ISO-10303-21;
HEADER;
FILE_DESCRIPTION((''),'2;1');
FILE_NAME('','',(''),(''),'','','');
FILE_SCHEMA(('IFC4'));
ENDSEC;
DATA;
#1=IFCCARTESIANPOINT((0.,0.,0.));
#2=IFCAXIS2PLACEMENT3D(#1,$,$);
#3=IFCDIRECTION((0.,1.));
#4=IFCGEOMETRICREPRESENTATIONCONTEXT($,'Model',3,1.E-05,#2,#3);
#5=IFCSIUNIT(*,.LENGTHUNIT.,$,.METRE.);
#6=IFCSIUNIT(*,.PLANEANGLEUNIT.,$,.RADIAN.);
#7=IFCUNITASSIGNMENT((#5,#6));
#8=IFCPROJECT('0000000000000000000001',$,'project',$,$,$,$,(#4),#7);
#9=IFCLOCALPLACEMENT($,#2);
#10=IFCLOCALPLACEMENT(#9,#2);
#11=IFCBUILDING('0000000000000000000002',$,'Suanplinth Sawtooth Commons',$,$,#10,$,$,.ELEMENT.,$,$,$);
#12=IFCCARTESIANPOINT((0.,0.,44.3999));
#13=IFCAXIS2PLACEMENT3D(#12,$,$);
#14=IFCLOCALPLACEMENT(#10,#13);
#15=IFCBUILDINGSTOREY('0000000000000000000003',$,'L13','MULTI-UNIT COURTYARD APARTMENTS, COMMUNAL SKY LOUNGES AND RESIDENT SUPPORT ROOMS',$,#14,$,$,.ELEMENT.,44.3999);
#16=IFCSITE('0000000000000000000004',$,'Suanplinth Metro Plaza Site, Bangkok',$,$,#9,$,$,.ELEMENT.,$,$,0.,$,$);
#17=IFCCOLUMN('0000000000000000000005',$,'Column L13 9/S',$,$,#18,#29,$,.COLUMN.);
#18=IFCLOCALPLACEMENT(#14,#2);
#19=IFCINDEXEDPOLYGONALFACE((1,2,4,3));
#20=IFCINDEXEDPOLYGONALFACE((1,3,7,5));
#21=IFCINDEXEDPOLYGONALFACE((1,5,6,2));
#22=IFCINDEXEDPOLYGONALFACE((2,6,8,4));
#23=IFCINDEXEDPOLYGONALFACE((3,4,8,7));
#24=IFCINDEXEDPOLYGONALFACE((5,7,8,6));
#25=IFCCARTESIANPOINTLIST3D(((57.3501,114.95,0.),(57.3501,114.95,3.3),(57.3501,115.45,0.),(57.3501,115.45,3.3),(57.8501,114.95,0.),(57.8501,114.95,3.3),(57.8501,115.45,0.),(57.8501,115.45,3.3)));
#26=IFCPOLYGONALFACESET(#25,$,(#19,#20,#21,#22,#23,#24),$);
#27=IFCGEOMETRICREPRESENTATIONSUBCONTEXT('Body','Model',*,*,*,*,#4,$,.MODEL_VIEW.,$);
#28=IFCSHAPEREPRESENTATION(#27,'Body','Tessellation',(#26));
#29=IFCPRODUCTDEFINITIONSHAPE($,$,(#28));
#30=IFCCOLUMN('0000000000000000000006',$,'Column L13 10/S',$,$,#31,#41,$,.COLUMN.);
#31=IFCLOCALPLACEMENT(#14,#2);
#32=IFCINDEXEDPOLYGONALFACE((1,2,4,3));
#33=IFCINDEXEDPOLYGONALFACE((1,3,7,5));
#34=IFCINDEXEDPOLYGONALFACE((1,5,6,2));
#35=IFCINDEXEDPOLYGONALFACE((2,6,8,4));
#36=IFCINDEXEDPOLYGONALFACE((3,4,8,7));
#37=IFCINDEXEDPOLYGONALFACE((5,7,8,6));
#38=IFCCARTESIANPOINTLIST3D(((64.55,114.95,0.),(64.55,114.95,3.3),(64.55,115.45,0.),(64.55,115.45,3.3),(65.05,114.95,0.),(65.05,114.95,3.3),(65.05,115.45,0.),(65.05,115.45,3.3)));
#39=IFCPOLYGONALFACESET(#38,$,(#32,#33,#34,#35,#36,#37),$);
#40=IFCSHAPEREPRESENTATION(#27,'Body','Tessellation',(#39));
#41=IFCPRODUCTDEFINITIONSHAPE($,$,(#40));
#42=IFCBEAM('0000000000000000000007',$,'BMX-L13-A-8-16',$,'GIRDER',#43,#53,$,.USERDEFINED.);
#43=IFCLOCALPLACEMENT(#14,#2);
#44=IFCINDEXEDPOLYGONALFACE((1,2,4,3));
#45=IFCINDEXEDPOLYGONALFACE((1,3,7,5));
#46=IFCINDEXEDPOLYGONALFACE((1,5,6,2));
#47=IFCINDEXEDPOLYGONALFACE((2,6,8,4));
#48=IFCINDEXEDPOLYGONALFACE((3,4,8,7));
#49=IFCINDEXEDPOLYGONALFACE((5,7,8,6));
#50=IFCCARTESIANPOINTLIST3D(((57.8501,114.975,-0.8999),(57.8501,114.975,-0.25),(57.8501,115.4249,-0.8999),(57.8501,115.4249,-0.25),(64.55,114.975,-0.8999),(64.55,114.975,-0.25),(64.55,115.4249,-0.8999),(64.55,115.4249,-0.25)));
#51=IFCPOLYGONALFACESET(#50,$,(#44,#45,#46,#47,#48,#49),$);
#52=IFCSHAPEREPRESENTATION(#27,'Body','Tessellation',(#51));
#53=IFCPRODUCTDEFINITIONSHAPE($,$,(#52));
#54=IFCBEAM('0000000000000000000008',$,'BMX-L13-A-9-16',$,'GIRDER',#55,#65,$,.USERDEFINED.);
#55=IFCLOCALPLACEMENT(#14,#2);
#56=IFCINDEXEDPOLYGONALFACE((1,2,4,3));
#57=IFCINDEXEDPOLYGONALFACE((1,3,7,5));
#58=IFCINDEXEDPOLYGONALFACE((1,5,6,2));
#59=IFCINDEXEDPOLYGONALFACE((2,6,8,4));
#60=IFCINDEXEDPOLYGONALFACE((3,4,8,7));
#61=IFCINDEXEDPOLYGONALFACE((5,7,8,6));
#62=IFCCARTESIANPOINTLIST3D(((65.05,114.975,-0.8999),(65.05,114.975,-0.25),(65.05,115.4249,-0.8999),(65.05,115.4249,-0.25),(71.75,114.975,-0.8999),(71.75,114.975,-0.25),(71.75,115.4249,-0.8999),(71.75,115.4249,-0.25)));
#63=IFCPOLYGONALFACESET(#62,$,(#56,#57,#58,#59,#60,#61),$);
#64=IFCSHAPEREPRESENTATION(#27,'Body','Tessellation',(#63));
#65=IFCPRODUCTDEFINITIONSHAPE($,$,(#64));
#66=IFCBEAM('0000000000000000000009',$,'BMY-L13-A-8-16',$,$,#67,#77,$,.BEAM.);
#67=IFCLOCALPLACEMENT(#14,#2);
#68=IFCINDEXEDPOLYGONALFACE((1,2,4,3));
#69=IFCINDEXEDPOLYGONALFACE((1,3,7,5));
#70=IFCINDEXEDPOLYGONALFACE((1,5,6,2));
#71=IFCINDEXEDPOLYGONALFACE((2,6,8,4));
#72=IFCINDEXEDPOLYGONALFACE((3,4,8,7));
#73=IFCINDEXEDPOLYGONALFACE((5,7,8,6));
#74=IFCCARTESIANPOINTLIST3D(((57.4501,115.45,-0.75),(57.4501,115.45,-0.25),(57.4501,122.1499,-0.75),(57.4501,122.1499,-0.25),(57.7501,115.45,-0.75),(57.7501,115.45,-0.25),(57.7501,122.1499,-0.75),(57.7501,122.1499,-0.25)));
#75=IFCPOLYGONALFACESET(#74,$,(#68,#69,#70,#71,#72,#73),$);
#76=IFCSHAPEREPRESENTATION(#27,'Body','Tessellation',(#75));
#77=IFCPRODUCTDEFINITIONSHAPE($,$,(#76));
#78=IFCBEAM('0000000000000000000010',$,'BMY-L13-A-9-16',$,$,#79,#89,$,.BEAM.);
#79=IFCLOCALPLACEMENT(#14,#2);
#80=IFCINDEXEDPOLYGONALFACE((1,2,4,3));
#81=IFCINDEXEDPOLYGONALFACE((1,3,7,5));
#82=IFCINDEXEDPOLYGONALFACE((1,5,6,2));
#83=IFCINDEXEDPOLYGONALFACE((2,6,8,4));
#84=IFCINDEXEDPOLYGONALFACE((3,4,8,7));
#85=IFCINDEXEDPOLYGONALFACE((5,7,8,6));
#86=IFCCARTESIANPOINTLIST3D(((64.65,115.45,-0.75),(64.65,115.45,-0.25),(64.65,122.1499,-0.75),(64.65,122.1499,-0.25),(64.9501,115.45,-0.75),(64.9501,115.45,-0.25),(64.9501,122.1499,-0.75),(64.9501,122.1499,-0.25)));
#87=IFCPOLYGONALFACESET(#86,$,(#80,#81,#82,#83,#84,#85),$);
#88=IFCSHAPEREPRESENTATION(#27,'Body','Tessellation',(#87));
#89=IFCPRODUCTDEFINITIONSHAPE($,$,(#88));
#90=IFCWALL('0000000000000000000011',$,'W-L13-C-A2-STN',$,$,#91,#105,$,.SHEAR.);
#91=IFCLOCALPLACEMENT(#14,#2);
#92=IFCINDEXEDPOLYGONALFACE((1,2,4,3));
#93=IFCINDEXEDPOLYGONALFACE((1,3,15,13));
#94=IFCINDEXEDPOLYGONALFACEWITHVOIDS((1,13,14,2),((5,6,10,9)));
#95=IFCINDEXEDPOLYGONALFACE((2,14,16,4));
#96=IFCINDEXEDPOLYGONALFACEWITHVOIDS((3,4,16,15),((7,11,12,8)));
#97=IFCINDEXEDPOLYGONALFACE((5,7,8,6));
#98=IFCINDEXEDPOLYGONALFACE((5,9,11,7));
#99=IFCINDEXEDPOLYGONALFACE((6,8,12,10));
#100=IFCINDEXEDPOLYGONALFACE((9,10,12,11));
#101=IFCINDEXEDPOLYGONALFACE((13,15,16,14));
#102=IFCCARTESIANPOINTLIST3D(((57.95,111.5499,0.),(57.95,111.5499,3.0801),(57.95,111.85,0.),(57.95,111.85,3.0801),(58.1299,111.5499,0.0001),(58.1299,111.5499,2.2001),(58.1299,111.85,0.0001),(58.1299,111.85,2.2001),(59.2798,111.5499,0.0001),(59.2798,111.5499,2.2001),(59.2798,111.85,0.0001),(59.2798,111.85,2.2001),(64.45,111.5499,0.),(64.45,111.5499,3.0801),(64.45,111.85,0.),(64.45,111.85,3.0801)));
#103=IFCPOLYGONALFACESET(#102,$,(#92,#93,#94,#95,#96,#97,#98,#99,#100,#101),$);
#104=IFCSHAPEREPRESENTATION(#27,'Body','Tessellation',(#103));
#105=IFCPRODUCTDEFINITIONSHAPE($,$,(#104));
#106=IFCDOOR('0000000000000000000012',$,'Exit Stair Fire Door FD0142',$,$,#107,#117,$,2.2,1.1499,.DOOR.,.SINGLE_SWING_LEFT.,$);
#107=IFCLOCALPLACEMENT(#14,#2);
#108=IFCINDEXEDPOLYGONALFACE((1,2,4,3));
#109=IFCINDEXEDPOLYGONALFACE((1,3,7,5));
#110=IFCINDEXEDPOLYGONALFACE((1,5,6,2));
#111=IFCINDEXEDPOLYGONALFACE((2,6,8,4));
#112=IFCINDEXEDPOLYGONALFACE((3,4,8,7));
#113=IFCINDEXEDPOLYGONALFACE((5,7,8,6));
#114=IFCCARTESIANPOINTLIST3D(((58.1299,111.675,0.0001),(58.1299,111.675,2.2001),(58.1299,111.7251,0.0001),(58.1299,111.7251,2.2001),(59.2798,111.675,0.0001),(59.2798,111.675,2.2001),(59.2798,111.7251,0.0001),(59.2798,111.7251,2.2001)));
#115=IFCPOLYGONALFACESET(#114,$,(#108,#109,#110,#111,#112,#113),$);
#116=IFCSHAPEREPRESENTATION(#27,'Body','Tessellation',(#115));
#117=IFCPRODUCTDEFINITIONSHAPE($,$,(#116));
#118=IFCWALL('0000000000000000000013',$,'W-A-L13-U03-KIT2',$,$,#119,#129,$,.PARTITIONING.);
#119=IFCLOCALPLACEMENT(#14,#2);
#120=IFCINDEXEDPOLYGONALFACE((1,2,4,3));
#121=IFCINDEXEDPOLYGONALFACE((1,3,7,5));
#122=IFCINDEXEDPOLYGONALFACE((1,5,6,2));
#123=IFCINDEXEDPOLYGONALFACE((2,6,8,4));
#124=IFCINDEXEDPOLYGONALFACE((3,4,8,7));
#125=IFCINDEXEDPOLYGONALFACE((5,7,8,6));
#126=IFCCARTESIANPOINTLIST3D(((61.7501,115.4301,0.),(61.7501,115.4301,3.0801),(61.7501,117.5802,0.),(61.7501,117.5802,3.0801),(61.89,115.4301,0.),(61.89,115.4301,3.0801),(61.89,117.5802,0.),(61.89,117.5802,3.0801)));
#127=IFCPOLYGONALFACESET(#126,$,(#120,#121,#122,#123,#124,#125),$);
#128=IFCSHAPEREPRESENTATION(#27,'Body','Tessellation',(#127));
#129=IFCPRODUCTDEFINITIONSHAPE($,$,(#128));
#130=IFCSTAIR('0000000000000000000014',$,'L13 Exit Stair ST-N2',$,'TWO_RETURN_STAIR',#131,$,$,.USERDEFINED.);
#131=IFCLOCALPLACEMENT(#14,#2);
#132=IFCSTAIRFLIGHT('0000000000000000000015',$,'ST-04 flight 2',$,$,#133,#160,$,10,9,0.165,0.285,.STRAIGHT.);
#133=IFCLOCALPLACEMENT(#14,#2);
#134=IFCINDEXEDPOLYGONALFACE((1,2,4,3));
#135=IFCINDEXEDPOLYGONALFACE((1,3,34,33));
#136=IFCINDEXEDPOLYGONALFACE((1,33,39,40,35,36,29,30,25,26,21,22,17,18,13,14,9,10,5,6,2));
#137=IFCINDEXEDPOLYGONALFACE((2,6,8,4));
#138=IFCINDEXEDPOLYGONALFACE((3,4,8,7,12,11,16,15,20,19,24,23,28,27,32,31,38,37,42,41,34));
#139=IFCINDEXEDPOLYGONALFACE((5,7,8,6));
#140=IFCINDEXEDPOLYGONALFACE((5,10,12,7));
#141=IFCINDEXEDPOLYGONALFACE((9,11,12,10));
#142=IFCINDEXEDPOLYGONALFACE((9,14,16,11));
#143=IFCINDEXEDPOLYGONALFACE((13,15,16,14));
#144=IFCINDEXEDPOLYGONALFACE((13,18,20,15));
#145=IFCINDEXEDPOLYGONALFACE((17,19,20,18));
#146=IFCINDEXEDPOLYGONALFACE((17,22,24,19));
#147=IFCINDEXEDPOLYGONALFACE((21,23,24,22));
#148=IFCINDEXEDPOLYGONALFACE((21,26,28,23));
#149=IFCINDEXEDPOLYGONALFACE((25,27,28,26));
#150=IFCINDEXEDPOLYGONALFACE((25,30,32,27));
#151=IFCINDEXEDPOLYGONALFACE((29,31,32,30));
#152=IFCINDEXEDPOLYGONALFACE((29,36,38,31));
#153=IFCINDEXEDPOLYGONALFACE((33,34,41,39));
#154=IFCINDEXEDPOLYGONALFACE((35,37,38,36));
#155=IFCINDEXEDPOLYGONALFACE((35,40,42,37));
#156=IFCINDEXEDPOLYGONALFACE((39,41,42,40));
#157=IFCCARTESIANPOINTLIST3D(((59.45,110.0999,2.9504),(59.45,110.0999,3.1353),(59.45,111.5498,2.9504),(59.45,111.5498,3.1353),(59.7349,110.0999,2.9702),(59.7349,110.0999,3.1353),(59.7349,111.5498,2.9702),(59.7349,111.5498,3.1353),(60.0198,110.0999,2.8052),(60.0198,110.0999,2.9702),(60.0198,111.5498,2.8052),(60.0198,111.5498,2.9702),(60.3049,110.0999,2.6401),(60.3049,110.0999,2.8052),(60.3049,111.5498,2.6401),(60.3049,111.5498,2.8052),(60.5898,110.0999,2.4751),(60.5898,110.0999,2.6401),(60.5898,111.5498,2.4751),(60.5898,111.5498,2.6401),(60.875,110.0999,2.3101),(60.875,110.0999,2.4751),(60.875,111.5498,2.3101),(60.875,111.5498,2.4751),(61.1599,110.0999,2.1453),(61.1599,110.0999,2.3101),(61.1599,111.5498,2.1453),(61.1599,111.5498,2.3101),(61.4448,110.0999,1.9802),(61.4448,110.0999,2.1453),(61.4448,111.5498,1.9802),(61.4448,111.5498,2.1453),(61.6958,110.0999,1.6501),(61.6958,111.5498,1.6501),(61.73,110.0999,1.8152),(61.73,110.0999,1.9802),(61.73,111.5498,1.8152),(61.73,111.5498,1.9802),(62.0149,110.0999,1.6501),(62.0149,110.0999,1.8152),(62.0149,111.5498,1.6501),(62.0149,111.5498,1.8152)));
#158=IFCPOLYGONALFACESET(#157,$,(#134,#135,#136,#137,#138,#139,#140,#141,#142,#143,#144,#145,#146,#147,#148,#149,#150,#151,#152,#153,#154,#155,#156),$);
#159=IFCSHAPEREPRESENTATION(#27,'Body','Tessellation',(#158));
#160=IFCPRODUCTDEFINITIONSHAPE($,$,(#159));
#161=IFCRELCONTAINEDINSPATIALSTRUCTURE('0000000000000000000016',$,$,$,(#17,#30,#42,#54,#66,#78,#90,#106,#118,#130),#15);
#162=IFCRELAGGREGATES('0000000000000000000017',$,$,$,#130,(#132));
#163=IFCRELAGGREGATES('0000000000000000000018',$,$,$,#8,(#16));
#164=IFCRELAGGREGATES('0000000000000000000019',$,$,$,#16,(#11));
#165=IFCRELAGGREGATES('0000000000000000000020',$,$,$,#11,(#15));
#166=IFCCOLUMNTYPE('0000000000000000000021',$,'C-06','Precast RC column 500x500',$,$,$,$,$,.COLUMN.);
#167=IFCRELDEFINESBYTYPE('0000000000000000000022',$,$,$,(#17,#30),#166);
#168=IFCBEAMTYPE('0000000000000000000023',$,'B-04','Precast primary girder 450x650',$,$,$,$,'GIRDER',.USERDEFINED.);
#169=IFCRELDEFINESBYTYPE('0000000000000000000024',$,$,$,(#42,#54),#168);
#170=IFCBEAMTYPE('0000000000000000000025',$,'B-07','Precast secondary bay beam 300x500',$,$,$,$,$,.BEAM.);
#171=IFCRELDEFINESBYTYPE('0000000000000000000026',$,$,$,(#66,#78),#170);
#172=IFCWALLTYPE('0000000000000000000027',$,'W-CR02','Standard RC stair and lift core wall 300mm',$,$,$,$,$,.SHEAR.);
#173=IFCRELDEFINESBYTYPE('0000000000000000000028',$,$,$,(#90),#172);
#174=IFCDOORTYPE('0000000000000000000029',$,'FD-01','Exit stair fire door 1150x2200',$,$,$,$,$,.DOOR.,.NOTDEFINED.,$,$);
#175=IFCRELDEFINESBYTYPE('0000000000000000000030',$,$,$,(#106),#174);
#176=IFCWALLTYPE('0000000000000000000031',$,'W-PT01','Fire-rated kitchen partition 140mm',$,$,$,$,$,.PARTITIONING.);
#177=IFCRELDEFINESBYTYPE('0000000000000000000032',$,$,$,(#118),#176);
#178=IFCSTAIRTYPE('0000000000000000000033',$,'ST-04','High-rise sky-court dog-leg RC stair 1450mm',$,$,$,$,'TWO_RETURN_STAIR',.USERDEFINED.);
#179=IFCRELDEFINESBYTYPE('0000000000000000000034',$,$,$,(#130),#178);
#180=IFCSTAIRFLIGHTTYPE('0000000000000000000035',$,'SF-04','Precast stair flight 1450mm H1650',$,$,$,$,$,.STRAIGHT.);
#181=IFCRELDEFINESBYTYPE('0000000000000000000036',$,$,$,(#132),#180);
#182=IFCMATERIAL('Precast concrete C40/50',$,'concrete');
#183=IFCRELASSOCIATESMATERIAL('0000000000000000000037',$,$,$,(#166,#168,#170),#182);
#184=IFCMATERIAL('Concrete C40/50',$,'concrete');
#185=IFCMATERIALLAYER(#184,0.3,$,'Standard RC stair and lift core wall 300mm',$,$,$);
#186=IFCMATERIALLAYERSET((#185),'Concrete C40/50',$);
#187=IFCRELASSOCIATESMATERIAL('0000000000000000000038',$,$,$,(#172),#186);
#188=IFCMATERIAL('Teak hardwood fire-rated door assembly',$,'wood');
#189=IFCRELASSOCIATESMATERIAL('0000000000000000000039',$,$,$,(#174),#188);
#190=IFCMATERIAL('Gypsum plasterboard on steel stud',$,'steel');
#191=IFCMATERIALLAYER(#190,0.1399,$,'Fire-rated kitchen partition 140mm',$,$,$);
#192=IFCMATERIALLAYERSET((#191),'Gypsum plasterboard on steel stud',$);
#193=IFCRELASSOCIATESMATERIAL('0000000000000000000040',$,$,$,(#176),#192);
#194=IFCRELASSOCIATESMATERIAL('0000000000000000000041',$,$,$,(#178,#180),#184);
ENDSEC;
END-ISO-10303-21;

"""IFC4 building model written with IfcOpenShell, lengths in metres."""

from ifc_helpers import new_model, si_unit, direction, frame, frame_2d, origin, origin_2d, place, context, subcontext, project, spatial, polyline, rectangle, outline, extrude, material, layer, layer_set, material_profile, profile_set, type_object, element, fill, aggregate, save


model = new_model("IFC4")

# Units and contexts
model_context = context("Model", 3, precision=1e-05, world=origin(), true_north=direction((0.0, 1.0)))
body_context = subcontext(model_context, "Body", "Model", "MODEL_VIEW")
ifc_project = project(units=[si_unit("LENGTHUNIT", "METRE"), si_unit("PLANEANGLEUNIT", "RADIAN")], contexts=[model_context])

# Site, building, storey
site_placement = place(None, origin())
site = spatial("IfcSite", under=ifc_project, at=site_placement, Name="Suanplinth Metro Plaza Site, Bangkok", CompositionType="ELEMENT", RefElevation=0.0)
building_placement = place(site_placement, origin())
building = spatial("IfcBuilding", under=site, at=building_placement, Name="Suanplinth Sawtooth Commons", CompositionType="ELEMENT")
storey_placement = place(building_placement, frame((0.0, 0.0, 44.3999)))
storey = spatial("IfcBuildingStorey", under=building, at=storey_placement, Name="L13", Description="MULTI-UNIT COURTYARD APARTMENTS, COMMUNAL SKY LOUNGES AND RESIDENT SUPPORT ROOMS", CompositionType="ELEMENT", Elevation=44.3999)

# Columns
ifc_material_1 = material(Name="Precast concrete C40/50", Category="concrete")
ifc_material_profile_1 = material_profile(ifc_material_1, rectangle(XDim=0.5, YDim=0.5, at=origin_2d()), Name="PC-COL 500x500")
ifc_profile_set_1 = profile_set([ifc_material_profile_1], Name="Precast concrete C40/50")
column_type = type_object("IfcColumnType", Name="C-06", Description="Precast RC column 500x500", PredefinedType="COLUMN", material=ifc_profile_set_1)
for number, where, z_axis, x_axis, name in (
    (1, (57.6001, 115.2, 0.0), (0.0, 0.0, 1.0), (1.0, 0.0, 0.0), "Column L13 9/S"),
    (2, (64.8, 115.2, 0.0), (0.0, 0.0, 1.0), (1.0, 0.0, 0.0), "Column L13 10/S"),
):
    element("IfcColumn", number, at=place(storey_placement, frame(where, z_axis=z_axis, x_axis=x_axis)), inside=storey, type_object=column_type, Name=name, PredefinedType="COLUMN", context=body_context, shape_type="SweptSolid", body=[
        extrude(rectangle(XDim=0.5, YDim=0.5, at=origin_2d()), origin(), (0.0, 0.0, 1.0), 3.3),
    ])

# Beams
ifc_material_profile_2 = material_profile(ifc_material_1, rectangle(XDim=0.45, YDim=0.6499, at=origin_2d()), Name="PC-GDR 450x650")
ifc_profile_set_2 = profile_set([ifc_material_profile_2], Name="Precast concrete C40/50")
beam_type_1 = type_object("IfcBeamType", Name="B-04", Description="Precast primary girder 450x650", ElementType="GIRDER", PredefinedType="USERDEFINED", material=ifc_profile_set_2)
for number, where, z_axis, x_axis, name in (
    (3, (57.8501, 115.2, -0.575), (1.0, 0.0, 0.0), (0.0, 1.0, 0.0), "BMX-L13-A-8-16"),
    (4, (65.05, 115.2, -0.575), (1.0, 0.0, 0.0), (0.0, 1.0, 0.0), "BMX-L13-A-9-16"),
):
    element("IfcBeam", number, at=place(storey_placement, frame(where, z_axis=z_axis, x_axis=x_axis)), inside=storey, type_object=beam_type_1, Name=name, ObjectType="GIRDER", PredefinedType="USERDEFINED", context=body_context, shape_type="SweptSolid", body=[
        extrude(rectangle(XDim=0.45, YDim=0.6499, at=origin_2d()), origin(), (0.0, 0.0, 1.0), 6.7),
    ])
ifc_material_profile_3 = material_profile(ifc_material_1, rectangle(XDim=0.3, YDim=0.5, at=origin_2d()), Name="PC-BM 300x500")
ifc_profile_set_3 = profile_set([ifc_material_profile_3], Name="Precast concrete C40/50")
beam_type_2 = type_object("IfcBeamType", Name="B-07", Description="Precast secondary bay beam 300x500", PredefinedType="BEAM", material=ifc_profile_set_3)
for number, where, z_axis, x_axis, name in (
    (5, (57.6001, 115.45, -0.5), (0.0, 1.0, 0.0), (-1.0, 0.0, 0.0), "BMY-L13-A-8-16"),
    (6, (64.8, 115.45, -0.5), (0.0, 1.0, 0.0), (-1.0, 0.0, 0.0), "BMY-L13-A-9-16"),
):
    element("IfcBeam", number, at=place(storey_placement, frame(where, z_axis=z_axis, x_axis=x_axis)), inside=storey, type_object=beam_type_2, Name=name, PredefinedType="BEAM", context=body_context, shape_type="SweptSolid", body=[
        extrude(rectangle(XDim=0.3, YDim=0.5, at=origin_2d()), origin(), (0.0, 0.0, 1.0), 6.7),
    ])

# Wall, opening, door
ifc_material_2 = material(Name="Concrete C40/50", Category="concrete")
ifc_layer_1 = layer(ifc_material_2, 0.3, Name="Standard RC stair and lift core wall 300mm")
ifc_layer_set_1 = layer_set([ifc_layer_1], Name="Concrete C40/50")
wall_type_1 = type_object("IfcWallType", Name="W-CR02", Description="Standard RC stair and lift core wall 300mm", PredefinedType="SHEAR", material=ifc_layer_set_1)
wall_1_placement = place(storey_placement, frame((57.95, 111.7, 0.0), z_axis=(0.0, 0.0, 1.0), x_axis=(1.0, 0.0, 0.0)))
wall_1 = element("IfcWall", 7, at=wall_1_placement, inside=storey, type_object=wall_type_1, Name="W-L13-C-A2-STN", PredefinedType="SHEAR", context=body_context, shape_type="SweptSolid", body=[
    extrude(rectangle(XDim=6.5, YDim=0.3, at=frame_2d((3.25, 0.0))), origin(), (0.0, 0.0, 1.0), 3.0801),
])
opening_1_placement = place(wall_1_placement, frame((0.1799, 0.0, 0.0)))
opening_1 = element("IfcOpeningElement", 8, at=opening_1_placement, cuts=wall_1, PredefinedType="OPENING", context=body_context, shape_type="SweptSolid", body=[
    extrude(rectangle(XDim=1.1499, YDim=2.2, at=frame_2d((0.575, 1.1001))), frame((0.0, 0.165, 0.0), z_axis=(0.0, -1.0, 0.0), x_axis=(1.0, 0.0, 0.0)), (0.0, 0.0, 1.0), 0.3298),
])
ifc_material_3 = material(Name="Teak hardwood fire-rated door assembly", Category="wood")
door_type_1 = type_object("IfcDoorType", Name="FD-01", Description="Exit stair fire door 1150x2200", OperationType="NOTDEFINED", PredefinedType="DOOR", material=ifc_material_3)
door_1_placement = place(opening_1_placement, frame((1.1499, 0.0, 0.0), z_axis=(0.0, 0.0, 1.0), x_axis=(-1.0, 0.0, 0.0)))
door_1 = element("IfcDoor", 9, at=door_1_placement, inside=storey, type_object=door_type_1, Name="Exit Stair Fire Door FD0142", OperationType="SINGLE_SWING_LEFT", OverallHeight=2.2, OverallWidth=1.1499, PredefinedType="DOOR", context=body_context, shape_type="SweptSolid", body=[
    extrude(rectangle(XDim=1.1499, YDim=2.2, at=frame_2d((0.575, 1.1001))), frame((0.0, 0.0249, 0.0), z_axis=(0.0, -1.0, 0.0), x_axis=(1.0, 0.0, 0.0)), (0.0, 0.0, 1.0), 0.05),
])
fill(opening_1, door_1)

# Wall
ifc_material_4 = material(Name="Gypsum plasterboard on steel stud", Category="steel")
ifc_layer_2 = layer(ifc_material_4, 0.1399, Name="Fire-rated kitchen partition 140mm")
ifc_layer_set_2 = layer_set([ifc_layer_2], Name="Gypsum plasterboard on steel stud")
wall_type_2 = type_object("IfcWallType", Name="W-PT01", Description="Fire-rated kitchen partition 140mm", PredefinedType="PARTITIONING", material=ifc_layer_set_2)
wall_2_placement = place(storey_placement, frame((61.8201, 115.4299, 0.0), z_axis=(0.0, 0.0, 1.0), x_axis=(0.0, 1.0, 0.0)))
element("IfcWall", 10, at=wall_2_placement, inside=storey, type_object=wall_type_2, Name="W-A-L13-U03-KIT2", PredefinedType="PARTITIONING", context=body_context, shape_type="SweptSolid", body=[
    extrude(rectangle(XDim=2.1501, YDim=0.1399, at=frame_2d((1.0752, 0.0))), origin(), (0.0, 0.0, 1.0), 3.0801),
])

# Stair, stair flight
stair_type = type_object("IfcStairType", Name="ST-04", Description="High-rise sky-court dog-leg RC stair 1450mm", ElementType="TWO_RETURN_STAIR", PredefinedType="USERDEFINED", material=ifc_material_2)
stair_placement = place(storey_placement, origin())
stair = element("IfcStair", 11, at=stair_placement, inside=storey, type_object=stair_type, Name="L13 Exit Stair ST-N2", ObjectType="TWO_RETURN_STAIR", PredefinedType="USERDEFINED")
stair_flight_type = type_object("IfcStairFlightType", Name="SF-04", Description="Precast stair flight 1450mm H1650", PredefinedType="STRAIGHT", material=ifc_material_2)
stair_flight_placement = place(storey_placement, frame((62.0149, 110.825, 1.6501), z_axis=(0.0, 0.0, 1.0), x_axis=(-1.0, 0.0, 0.0)))
stair_flight = element("IfcStairFlight", 12, at=stair_flight_placement, type_object=stair_flight_type, Name="ST-04 flight 2", NumberOfRisers=10, NumberOfTreads=9, PredefinedType="STRAIGHT", RiserHeight=0.165, TreadLength=0.285, context=body_context, shape_type="SweptSolid", body=[
    extrude(outline(polyline([(0.0, 0.0), (0.0, 0.165), (0.2849, 0.165), (0.2849, 0.3301), (0.5701, 0.3301), (0.5701, 0.4951), (0.855, 0.4951), (0.855, 0.6599), (1.1399, 0.6599), (1.1399, 0.825), (1.425, 0.825), (1.425, 0.99), (1.71, 0.99), (1.71, 1.155), (1.9951, 1.155), (1.9951, 1.3201), (2.28, 1.3201), (2.28, 1.4851), (2.5649, 1.4851), (2.5649, 1.6499), (2.5649, 1.3003), (0.3191, 0.0), (0.0, 0.0)])), frame((0.0, 0.7251, 0.0), z_axis=(0.0, -1.0, 0.0), x_axis=(1.0, 0.0, 0.0)), (0.0, 0.0, 1.0), 1.45),
])
aggregate(stair, [stair_flight])

save(model, "model.ifc")
